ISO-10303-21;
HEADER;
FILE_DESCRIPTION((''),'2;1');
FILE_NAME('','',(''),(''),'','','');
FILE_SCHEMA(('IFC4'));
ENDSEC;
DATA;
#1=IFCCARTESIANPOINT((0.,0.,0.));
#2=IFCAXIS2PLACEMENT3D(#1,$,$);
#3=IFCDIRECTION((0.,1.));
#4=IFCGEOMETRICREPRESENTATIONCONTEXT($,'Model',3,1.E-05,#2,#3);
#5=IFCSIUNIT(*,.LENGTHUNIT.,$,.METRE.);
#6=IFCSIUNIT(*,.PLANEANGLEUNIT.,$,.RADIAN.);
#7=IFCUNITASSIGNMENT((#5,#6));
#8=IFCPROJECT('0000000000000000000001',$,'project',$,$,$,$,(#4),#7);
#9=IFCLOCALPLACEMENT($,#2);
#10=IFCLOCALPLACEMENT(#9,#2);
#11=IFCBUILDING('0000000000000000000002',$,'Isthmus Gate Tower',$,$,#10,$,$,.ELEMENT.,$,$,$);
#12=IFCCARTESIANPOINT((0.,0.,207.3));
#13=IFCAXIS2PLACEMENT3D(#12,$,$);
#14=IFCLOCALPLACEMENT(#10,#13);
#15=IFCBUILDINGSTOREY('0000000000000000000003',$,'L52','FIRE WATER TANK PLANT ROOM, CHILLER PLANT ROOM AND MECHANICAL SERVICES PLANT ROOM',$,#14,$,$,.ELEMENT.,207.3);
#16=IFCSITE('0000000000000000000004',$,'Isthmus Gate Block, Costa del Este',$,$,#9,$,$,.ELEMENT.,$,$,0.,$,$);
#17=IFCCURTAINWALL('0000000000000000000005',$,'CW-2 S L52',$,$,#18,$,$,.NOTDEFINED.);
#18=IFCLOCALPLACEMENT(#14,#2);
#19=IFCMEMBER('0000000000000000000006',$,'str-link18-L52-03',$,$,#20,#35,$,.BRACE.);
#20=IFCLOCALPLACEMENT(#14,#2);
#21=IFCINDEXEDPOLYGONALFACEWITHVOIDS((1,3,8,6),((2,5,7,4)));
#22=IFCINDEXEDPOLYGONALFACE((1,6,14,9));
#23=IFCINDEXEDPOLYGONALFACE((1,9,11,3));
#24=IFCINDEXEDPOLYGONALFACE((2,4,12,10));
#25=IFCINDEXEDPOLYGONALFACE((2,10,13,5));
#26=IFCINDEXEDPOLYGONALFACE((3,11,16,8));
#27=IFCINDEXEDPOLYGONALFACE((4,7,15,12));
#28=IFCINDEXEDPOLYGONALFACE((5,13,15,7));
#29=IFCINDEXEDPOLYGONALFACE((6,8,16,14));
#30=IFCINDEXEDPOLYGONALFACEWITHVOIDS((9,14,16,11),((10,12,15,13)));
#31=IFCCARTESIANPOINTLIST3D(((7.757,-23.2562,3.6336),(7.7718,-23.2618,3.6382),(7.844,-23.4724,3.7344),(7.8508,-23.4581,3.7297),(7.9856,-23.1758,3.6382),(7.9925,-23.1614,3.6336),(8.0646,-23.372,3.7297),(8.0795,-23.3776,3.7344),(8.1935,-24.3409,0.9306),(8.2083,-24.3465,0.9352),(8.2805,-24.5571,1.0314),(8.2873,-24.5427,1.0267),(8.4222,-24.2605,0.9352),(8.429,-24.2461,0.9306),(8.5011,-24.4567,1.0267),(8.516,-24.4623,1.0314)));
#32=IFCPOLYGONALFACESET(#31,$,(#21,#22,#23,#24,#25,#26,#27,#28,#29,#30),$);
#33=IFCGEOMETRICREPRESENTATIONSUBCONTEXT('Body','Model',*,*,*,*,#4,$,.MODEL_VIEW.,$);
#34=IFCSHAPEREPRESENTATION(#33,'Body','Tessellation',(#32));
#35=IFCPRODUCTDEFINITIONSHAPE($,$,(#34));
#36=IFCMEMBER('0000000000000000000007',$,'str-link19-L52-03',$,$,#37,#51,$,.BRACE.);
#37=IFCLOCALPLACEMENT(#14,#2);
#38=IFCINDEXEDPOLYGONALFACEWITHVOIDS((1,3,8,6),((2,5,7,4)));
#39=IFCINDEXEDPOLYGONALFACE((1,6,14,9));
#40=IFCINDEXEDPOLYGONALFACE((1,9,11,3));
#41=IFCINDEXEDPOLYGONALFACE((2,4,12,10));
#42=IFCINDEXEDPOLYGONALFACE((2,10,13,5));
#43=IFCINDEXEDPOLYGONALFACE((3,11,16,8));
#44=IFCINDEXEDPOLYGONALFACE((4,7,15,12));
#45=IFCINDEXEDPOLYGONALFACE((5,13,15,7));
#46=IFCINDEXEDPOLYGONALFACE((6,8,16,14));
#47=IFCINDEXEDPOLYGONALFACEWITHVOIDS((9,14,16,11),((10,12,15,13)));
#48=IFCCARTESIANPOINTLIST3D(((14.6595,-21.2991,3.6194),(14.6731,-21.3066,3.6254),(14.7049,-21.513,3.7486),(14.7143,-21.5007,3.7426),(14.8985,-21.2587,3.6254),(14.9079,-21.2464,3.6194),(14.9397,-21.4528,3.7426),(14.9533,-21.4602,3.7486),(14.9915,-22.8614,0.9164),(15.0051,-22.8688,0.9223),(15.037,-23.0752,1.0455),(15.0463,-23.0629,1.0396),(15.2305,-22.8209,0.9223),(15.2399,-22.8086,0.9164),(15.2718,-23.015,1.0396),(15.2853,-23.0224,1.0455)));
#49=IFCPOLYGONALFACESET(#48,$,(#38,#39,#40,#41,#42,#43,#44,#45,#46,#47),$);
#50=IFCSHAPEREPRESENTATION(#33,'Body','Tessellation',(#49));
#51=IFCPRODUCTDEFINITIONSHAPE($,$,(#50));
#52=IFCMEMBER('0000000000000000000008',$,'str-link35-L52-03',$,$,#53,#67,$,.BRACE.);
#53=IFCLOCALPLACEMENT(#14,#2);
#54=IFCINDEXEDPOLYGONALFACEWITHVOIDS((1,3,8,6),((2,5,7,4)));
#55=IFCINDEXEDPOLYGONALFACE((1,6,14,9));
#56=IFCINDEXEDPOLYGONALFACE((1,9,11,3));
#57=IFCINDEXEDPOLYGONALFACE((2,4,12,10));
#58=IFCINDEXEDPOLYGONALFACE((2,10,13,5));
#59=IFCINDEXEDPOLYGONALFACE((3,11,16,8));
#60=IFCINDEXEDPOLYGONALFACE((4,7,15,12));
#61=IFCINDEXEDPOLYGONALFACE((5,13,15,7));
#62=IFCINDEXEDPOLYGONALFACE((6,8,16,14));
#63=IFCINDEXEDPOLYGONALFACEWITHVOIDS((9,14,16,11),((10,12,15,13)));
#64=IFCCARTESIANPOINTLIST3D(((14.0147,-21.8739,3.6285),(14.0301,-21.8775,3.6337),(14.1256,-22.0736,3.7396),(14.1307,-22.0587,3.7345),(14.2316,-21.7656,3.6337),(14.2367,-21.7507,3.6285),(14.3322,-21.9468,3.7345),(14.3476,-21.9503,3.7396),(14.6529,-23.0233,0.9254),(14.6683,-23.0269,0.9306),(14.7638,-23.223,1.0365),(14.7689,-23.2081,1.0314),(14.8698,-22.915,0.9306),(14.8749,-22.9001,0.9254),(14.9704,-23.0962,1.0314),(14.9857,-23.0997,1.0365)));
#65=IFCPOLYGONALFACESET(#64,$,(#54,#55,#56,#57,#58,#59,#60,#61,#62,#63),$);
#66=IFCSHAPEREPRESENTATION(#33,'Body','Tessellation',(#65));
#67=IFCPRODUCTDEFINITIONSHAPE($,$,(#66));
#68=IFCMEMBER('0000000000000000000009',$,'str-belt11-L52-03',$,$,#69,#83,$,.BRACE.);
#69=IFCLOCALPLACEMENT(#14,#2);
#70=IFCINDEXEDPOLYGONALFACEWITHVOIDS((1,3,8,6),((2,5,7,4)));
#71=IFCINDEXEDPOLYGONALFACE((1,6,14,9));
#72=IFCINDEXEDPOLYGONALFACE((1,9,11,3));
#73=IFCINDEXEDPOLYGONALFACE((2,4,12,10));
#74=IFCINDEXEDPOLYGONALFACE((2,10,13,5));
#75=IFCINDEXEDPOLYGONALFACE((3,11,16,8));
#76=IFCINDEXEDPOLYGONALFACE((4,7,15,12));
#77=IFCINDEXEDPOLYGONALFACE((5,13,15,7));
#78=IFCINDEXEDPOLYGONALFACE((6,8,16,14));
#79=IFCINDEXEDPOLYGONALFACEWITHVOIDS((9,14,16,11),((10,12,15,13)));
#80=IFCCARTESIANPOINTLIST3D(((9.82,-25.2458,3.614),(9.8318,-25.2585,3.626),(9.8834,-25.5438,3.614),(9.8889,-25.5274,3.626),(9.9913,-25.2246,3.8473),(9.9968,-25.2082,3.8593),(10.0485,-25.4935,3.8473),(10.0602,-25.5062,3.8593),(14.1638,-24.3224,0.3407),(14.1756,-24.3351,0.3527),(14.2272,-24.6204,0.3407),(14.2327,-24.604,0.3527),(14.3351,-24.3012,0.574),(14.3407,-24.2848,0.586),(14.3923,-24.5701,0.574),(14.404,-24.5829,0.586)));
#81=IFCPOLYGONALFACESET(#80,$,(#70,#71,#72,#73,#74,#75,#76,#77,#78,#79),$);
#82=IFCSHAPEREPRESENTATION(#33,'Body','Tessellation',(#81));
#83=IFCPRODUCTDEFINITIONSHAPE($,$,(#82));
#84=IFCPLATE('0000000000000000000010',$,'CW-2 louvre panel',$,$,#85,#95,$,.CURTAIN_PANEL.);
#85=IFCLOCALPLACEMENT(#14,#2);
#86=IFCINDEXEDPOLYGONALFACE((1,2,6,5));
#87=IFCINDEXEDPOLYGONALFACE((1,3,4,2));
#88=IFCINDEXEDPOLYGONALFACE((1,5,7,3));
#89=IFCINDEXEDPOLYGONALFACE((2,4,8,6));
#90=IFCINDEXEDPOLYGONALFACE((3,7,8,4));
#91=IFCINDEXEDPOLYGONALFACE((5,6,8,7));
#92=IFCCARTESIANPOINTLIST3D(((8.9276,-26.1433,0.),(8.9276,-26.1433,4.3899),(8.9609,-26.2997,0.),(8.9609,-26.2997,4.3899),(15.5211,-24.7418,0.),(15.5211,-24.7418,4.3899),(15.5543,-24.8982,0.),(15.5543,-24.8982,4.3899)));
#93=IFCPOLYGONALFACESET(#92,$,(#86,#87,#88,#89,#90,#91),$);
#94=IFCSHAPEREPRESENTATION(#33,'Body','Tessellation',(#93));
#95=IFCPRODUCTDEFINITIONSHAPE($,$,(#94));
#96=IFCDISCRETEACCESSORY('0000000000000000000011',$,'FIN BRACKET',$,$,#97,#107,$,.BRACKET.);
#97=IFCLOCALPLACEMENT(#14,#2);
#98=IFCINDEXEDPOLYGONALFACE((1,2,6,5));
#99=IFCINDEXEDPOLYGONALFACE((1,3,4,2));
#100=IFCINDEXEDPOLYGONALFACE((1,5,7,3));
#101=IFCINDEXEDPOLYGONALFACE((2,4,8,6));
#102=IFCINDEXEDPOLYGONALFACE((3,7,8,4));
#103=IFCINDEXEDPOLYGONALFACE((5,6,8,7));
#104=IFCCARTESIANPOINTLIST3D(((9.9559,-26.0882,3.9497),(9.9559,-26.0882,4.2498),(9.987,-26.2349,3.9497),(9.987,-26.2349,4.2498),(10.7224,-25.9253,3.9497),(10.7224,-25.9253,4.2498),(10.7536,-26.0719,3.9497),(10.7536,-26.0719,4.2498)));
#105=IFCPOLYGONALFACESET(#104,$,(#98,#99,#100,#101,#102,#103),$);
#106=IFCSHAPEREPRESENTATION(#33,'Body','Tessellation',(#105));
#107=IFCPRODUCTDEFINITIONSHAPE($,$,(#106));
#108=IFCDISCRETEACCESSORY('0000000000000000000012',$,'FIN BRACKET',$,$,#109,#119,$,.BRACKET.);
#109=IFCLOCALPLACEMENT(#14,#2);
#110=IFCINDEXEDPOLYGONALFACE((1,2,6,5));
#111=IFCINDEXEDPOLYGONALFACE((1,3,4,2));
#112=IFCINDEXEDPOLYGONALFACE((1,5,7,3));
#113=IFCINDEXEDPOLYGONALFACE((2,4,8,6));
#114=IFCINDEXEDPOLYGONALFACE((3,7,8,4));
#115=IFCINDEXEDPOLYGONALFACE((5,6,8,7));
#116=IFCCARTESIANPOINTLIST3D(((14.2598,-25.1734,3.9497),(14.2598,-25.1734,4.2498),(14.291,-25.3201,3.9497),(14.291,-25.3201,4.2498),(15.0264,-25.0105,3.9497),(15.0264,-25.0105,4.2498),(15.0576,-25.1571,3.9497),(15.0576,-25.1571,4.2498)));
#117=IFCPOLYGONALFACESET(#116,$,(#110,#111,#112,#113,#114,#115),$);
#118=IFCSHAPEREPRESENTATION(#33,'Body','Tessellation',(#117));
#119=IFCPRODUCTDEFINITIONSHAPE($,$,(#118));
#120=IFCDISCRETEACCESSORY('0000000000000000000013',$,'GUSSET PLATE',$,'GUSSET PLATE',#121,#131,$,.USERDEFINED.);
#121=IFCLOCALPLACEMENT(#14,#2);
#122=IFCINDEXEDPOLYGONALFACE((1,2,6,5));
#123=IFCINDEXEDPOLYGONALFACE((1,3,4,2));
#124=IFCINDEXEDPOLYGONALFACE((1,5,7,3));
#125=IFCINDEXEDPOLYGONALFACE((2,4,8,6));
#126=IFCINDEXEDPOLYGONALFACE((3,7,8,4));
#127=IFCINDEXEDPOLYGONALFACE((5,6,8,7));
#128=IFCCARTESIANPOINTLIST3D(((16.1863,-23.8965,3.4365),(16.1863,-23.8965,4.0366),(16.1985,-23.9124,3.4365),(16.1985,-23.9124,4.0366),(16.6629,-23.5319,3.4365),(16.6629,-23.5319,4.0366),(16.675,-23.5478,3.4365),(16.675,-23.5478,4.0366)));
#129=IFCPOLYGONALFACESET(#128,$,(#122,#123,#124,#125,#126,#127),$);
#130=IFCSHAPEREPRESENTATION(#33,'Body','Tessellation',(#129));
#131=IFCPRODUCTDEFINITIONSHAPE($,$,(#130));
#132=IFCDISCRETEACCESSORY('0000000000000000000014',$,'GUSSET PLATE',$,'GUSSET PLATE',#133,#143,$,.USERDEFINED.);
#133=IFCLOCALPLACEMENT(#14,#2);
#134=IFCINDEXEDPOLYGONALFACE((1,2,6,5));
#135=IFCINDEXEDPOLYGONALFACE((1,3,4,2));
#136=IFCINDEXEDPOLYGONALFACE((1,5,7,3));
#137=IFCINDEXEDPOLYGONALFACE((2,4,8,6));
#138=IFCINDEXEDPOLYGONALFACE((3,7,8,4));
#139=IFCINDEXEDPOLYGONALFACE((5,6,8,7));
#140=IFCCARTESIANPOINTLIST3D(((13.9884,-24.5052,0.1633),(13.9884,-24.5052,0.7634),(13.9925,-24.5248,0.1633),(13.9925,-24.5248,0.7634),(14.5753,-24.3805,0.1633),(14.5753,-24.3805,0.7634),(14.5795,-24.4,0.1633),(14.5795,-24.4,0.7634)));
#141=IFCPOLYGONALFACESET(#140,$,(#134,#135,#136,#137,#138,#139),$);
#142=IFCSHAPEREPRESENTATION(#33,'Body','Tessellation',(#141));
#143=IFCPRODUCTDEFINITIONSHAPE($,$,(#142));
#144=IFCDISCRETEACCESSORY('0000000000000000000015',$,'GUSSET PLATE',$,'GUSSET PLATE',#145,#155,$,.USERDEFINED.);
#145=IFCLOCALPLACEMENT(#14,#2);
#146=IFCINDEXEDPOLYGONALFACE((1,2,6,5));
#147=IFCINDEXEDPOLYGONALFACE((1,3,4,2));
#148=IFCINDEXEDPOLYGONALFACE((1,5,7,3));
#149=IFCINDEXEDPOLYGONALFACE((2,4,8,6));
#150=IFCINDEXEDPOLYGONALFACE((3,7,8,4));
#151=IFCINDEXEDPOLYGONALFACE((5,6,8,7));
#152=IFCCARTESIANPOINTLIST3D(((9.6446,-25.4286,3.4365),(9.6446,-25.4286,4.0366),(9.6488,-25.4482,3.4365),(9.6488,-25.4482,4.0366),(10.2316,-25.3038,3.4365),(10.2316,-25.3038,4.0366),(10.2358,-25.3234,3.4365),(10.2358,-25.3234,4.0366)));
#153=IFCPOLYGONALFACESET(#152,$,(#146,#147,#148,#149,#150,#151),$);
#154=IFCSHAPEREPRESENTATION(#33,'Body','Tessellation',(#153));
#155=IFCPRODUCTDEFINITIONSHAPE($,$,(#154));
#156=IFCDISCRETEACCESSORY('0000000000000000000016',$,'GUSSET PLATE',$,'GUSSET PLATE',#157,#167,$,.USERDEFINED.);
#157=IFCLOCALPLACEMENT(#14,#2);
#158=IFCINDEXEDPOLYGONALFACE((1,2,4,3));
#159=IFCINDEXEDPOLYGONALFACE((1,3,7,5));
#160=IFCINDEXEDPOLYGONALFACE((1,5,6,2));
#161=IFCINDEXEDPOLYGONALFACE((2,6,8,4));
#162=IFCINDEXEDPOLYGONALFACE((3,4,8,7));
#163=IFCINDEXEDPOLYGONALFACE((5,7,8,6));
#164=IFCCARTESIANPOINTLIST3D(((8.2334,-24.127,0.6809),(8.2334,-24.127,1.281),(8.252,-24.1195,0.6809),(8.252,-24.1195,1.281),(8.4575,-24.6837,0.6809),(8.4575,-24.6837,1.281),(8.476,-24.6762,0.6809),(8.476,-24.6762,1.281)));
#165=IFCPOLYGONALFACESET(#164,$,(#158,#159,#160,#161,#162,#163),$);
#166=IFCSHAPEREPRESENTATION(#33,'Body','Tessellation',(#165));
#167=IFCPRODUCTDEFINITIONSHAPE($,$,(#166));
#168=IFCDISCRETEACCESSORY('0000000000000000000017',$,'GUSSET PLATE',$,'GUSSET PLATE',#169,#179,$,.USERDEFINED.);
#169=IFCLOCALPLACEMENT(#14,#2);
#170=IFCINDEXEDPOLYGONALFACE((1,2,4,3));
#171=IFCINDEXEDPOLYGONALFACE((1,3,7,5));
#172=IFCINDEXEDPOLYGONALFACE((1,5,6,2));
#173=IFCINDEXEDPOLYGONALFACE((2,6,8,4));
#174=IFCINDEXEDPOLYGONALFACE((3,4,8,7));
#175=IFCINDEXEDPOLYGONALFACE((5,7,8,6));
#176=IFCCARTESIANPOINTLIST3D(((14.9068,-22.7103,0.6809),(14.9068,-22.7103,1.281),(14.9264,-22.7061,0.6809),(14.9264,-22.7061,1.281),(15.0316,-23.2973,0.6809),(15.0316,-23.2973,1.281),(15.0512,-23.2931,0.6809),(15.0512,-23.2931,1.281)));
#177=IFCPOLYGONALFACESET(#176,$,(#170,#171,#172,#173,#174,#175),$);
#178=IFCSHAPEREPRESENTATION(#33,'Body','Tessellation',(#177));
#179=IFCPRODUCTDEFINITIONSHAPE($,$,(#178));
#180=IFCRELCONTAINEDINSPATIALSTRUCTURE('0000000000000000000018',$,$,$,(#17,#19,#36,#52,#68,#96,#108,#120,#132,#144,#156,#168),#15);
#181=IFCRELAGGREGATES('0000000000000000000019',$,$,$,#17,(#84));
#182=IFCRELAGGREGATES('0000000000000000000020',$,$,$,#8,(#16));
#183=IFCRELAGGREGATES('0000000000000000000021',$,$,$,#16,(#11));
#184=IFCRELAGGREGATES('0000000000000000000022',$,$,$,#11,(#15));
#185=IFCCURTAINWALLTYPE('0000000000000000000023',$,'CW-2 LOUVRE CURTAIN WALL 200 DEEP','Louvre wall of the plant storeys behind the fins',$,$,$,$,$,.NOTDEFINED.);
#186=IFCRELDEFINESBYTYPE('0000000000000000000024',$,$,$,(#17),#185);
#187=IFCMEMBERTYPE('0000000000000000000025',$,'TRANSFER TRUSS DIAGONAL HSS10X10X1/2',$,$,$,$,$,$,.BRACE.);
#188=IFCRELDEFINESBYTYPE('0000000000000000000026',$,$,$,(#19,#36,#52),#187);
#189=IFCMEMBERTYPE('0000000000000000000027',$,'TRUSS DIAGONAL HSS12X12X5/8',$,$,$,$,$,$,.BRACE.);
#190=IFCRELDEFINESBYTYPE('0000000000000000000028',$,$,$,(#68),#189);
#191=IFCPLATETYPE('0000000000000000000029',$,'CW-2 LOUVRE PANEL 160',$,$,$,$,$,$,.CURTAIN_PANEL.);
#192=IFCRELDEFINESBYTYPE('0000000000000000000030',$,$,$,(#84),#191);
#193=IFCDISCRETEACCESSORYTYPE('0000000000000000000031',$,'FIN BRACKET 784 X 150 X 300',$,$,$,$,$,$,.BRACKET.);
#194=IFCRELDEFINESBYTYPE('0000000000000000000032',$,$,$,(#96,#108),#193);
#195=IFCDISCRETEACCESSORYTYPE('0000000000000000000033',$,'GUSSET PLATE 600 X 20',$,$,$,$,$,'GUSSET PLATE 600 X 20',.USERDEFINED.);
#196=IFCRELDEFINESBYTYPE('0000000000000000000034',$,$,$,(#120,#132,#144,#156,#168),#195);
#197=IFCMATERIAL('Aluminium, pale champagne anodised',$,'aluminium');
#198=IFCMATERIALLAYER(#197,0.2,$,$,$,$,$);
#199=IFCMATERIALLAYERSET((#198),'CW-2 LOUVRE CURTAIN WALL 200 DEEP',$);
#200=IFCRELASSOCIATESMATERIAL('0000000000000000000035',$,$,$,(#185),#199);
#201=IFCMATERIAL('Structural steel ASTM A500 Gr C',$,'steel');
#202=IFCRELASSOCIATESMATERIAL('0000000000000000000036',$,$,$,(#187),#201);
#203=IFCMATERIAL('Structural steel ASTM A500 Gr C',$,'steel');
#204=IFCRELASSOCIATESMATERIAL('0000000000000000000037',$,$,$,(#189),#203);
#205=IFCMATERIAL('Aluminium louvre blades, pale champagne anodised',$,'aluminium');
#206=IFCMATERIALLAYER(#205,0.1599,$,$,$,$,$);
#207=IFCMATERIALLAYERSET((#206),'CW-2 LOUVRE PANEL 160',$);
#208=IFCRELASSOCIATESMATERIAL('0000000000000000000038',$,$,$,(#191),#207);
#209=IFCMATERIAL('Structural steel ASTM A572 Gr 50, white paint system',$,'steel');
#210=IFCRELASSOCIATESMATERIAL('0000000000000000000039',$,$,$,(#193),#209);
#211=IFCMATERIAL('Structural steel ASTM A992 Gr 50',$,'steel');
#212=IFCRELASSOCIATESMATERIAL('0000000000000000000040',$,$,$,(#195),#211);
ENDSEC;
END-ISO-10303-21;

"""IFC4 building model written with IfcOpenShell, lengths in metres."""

from ifc_helpers import new_model, si_unit, direction, frame, origin, origin_2d, place, context, subcontext, project, spatial, rectangle, hollow_rectangle, extrude, material, layer, layer_set, material_profile, profile_set, type_object, element, aggregate, save


model = new_model("IFC4")

# Units and contexts
model_context = context("Model", 3, precision=1e-05, world=origin(), true_north=direction((0.0, 1.0)))
body_context = subcontext(model_context, "Body", "Model", "MODEL_VIEW")
ifc_project = project(units=[si_unit("LENGTHUNIT", "METRE"), si_unit("PLANEANGLEUNIT", "RADIAN")], contexts=[model_context])

# Site, building, storey
site_placement = place(None, origin())
site = spatial("IfcSite", under=ifc_project, at=site_placement, Name="Isthmus Gate Block, Costa del Este", CompositionType="ELEMENT", RefElevation=0.0)
building_placement = place(site_placement, origin())
building = spatial("IfcBuilding", under=site, at=building_placement, Name="Isthmus Gate Tower", CompositionType="ELEMENT")
storey_placement = place(building_placement, frame((0.0, 0.0, 207.3)))
storey = spatial("IfcBuildingStorey", under=building, at=storey_placement, Name="L52", Description="FIRE WATER TANK PLANT ROOM, CHILLER PLANT ROOM AND MECHANICAL SERVICES PLANT ROOM", CompositionType="ELEMENT", Elevation=207.3)

# Curtain wall
ifc_material_1 = material(Name="Aluminium, pale champagne anodised", Category="aluminium")
ifc_layer_1 = layer(ifc_material_1, 0.2)
ifc_layer_set_1 = layer_set([ifc_layer_1], Name="CW-2 LOUVRE CURTAIN WALL 200 DEEP")
curtain_wall_type = type_object("IfcCurtainWallType", Name="CW-2 LOUVRE CURTAIN WALL 200 DEEP", Description="Louvre wall of the plant storeys behind the fins", PredefinedType="NOTDEFINED", material=ifc_layer_set_1)
curtain_wall_1_placement = place(storey_placement, origin())
curtain_wall_1 = element("IfcCurtainWall", 1, at=curtain_wall_1_placement, inside=storey, type_object=curtain_wall_type, Name="CW-2 S L52", PredefinedType="NOTDEFINED")

# Members
ifc_material_2 = material(Name="Structural steel ASTM A500 Gr C", Category="steel")
ifc_material_profile_1 = material_profile(ifc_material_2, hollow_rectangle(XDim=0.2539, YDim=0.2539, WallThickness=0.0117, at=origin_2d()), Name="HSS10X10X1/2")
ifc_profile_set_1 = profile_set([ifc_material_profile_1], Name="Structural steel ASTM A500 Gr C")
member_type_1 = type_object("IfcMemberType", Name="TRANSFER TRUSS DIAGONAL HSS10X10X1/2", PredefinedType="BRACE", material=ifc_profile_set_1)
member_1_placement = place(storey_placement, frame((8.3547, -24.4016, 0.981), z_axis=(-0.148217, 0.368303, 0.917815), x_axis=(-0.927697, -0.373334, 0.0)))
element("IfcMember", 2, at=member_1_placement, inside=storey, type_object=member_type_1, Name="str-link18-L52-03", PredefinedType="BRACE", context=body_context, shape_type="SweptSolid", body=[
    extrude(hollow_rectangle(XDim=0.2539, YDim=0.2539, WallThickness=0.0117, at=origin_2d()), origin(), (0.0, 0.0, 1.0), 2.9451),
])
member_2_placement = place(storey_placement, frame((15.1384, -22.9419, 0.981), z_axis=(-0.105752, 0.49758, 0.860948), x_axis=(-0.978152, -0.20789, 0.0)))
element("IfcMember", 3, at=member_2_placement, inside=storey, type_object=member_type_1, Name="str-link19-L52-03", PredefinedType="BRACE", context=body_context, shape_type="SweptSolid", body=[
    extrude(hollow_rectangle(XDim=0.2539, YDim=0.2539, WallThickness=0.0117, at=origin_2d()), origin(), (0.0, 0.0, 1.0), 3.1396),
])
member_3_placement = place(storey_placement, frame((14.8193, -23.0615, 0.981), z_axis=(-0.212312, 0.382389, 0.899279), x_axis=(-0.87428, -0.485422, 0.0)))
element("IfcMember", 4, at=member_3_placement, inside=storey, type_object=member_type_1, Name="str-link35-L52-03", PredefinedType="BRACE", context=body_context, shape_type="SweptSolid", body=[
    extrude(hollow_rectangle(XDim=0.2539, YDim=0.2539, WallThickness=0.0117, at=origin_2d()), origin(), (0.0, 0.0, 1.0), 3.0059),
])
ifc_material_3 = material(Name="Structural steel ASTM A500 Gr C", Category="steel")
ifc_material_profile_2 = material_profile(ifc_material_3, hollow_rectangle(XDim=0.3047, YDim=0.3047, WallThickness=0.0149, at=origin_2d()), Name="HSS12X12X5/8")
ifc_profile_set_2 = profile_set([ifc_material_profile_2], Name="Structural steel ASTM A500 Gr C")
member_type_2 = type_object("IfcMemberType", Name="TRUSS DIAGONAL HSS12X12X5/8", PredefinedType="BRACE", material=ifc_profile_set_2)
member_4_placement = place(storey_placement, frame((14.2839, -24.4526, 0.4634), z_axis=(-0.787375, -0.16737, 0.593319), x_axis=(0.207922, -0.978145, 0.0)))
element("IfcMember", 5, at=member_4_placement, inside=storey, type_object=member_type_2, Name="str-belt11-L52-03", PredefinedType="BRACE", context=body_context, shape_type="SweptSolid", body=[
    extrude(hollow_rectangle(XDim=0.3047, YDim=0.3047, WallThickness=0.0149, at=origin_2d()), origin(), (0.0, 0.0, 1.0), 5.5168),
])

# Plate
ifc_material_4 = material(Name="Aluminium louvre blades, pale champagne anodised", Category="aluminium")
ifc_layer_2 = layer(ifc_material_4, 0.1599)
ifc_layer_set_2 = layer_set([ifc_layer_2], Name="CW-2 LOUVRE PANEL 160")
plate_type = type_object("IfcPlateType", Name="CW-2 LOUVRE PANEL 160", PredefinedType="CURTAIN_PANEL", material=ifc_layer_set_2)
plate_placement = place(storey_placement, frame((12.241, -25.5208, 0.0), z_axis=(0.0, 0.0, 1.0), x_axis=(0.978148, 0.207912, 0.0)))
plate = element("IfcPlate", 6, at=plate_placement, type_object=plate_type, Name="CW-2 louvre panel", PredefinedType="CURTAIN_PANEL", context=body_context, shape_type="SweptSolid", body=[
    extrude(rectangle(XDim=6.7407, YDim=0.1599, at=origin_2d()), origin(), (0.0, 0.0, 1.0), 4.3899),
])
aggregate(curtain_wall_1, [plate])

# Discrete accessories
ifc_material_5 = material(Name="Structural steel ASTM A572 Gr 50, white paint system", Category="steel")
discrete_accessory_type_1 = type_object("IfcDiscreteAccessoryType", Name="FIN BRACKET 784 X 150 X 300", PredefinedType="BRACKET", material=ifc_material_5)
for number, where, z_axis, x_axis, name in (
    (7, (10.3547, -26.0801, 3.9497), (0.0, 0.0, 1.0), (0.207912, -0.978148, 0.0), "FIN BRACKET"),
    (8, (14.6587, -25.1653, 3.9497), (0.0, 0.0, 1.0), (0.207912, -0.978148, 0.0), "FIN BRACKET"),
):
    element("IfcDiscreteAccessory", number, at=place(storey_placement, frame(where, z_axis=z_axis, x_axis=x_axis)), inside=storey, type_object=discrete_accessory_type_1, Name=name, PredefinedType="BRACKET", context=body_context, shape_type="SweptSolid", body=[
        extrude(rectangle(XDim=0.1499, YDim=0.7837, at=origin_2d()), origin(), (0.0, 0.0, 1.0), 0.3),
    ])
ifc_material_6 = material(Name="Structural steel ASTM A992 Gr 50", Category="steel")
discrete_accessory_type_2 = type_object("IfcDiscreteAccessoryType", Name="GUSSET PLATE 600 X 20", ElementType="GUSSET PLATE 600 X 20", PredefinedType="USERDEFINED", material=ifc_material_6)
for number, where, z_axis, x_axis, name in (
    (9, (16.4307, -23.7222, 3.4365), (0.0, 0.0, 1.0), (-0.794189, -0.607671, 0.0), "GUSSET PLATE"),
    (10, (14.2839, -24.4526, 0.1633), (0.0, 0.0, 1.0), (-0.978148, -0.207912, 0.0), "GUSSET PLATE"),
    (11, (9.9402, -25.376, 3.4365), (0.0, 0.0, 1.0), (-0.978148, -0.207912, 0.0), "GUSSET PLATE"),
    (12, (8.3547, -24.4016, 0.6809), (0.0, 0.0, 1.0), (-0.373342, 0.927694, 0.0), "GUSSET PLATE"),
    (13, (14.979, -23.0017, 0.6809), (0.0, 0.0, 1.0), (-0.207912, 0.978148, 0.0), "GUSSET PLATE"),
):
    element("IfcDiscreteAccessory", number, at=place(storey_placement, frame(where, z_axis=z_axis, x_axis=x_axis)), inside=storey, type_object=discrete_accessory_type_2, Name=name, ObjectType="GUSSET PLATE", PredefinedType="USERDEFINED", context=body_context, shape_type="SweptSolid", body=[
        extrude(rectangle(XDim=0.6001, YDim=0.02, at=origin_2d()), origin(), (0.0, 0.0, 1.0), 0.6001),
    ])

save(model, "model.ifc")
